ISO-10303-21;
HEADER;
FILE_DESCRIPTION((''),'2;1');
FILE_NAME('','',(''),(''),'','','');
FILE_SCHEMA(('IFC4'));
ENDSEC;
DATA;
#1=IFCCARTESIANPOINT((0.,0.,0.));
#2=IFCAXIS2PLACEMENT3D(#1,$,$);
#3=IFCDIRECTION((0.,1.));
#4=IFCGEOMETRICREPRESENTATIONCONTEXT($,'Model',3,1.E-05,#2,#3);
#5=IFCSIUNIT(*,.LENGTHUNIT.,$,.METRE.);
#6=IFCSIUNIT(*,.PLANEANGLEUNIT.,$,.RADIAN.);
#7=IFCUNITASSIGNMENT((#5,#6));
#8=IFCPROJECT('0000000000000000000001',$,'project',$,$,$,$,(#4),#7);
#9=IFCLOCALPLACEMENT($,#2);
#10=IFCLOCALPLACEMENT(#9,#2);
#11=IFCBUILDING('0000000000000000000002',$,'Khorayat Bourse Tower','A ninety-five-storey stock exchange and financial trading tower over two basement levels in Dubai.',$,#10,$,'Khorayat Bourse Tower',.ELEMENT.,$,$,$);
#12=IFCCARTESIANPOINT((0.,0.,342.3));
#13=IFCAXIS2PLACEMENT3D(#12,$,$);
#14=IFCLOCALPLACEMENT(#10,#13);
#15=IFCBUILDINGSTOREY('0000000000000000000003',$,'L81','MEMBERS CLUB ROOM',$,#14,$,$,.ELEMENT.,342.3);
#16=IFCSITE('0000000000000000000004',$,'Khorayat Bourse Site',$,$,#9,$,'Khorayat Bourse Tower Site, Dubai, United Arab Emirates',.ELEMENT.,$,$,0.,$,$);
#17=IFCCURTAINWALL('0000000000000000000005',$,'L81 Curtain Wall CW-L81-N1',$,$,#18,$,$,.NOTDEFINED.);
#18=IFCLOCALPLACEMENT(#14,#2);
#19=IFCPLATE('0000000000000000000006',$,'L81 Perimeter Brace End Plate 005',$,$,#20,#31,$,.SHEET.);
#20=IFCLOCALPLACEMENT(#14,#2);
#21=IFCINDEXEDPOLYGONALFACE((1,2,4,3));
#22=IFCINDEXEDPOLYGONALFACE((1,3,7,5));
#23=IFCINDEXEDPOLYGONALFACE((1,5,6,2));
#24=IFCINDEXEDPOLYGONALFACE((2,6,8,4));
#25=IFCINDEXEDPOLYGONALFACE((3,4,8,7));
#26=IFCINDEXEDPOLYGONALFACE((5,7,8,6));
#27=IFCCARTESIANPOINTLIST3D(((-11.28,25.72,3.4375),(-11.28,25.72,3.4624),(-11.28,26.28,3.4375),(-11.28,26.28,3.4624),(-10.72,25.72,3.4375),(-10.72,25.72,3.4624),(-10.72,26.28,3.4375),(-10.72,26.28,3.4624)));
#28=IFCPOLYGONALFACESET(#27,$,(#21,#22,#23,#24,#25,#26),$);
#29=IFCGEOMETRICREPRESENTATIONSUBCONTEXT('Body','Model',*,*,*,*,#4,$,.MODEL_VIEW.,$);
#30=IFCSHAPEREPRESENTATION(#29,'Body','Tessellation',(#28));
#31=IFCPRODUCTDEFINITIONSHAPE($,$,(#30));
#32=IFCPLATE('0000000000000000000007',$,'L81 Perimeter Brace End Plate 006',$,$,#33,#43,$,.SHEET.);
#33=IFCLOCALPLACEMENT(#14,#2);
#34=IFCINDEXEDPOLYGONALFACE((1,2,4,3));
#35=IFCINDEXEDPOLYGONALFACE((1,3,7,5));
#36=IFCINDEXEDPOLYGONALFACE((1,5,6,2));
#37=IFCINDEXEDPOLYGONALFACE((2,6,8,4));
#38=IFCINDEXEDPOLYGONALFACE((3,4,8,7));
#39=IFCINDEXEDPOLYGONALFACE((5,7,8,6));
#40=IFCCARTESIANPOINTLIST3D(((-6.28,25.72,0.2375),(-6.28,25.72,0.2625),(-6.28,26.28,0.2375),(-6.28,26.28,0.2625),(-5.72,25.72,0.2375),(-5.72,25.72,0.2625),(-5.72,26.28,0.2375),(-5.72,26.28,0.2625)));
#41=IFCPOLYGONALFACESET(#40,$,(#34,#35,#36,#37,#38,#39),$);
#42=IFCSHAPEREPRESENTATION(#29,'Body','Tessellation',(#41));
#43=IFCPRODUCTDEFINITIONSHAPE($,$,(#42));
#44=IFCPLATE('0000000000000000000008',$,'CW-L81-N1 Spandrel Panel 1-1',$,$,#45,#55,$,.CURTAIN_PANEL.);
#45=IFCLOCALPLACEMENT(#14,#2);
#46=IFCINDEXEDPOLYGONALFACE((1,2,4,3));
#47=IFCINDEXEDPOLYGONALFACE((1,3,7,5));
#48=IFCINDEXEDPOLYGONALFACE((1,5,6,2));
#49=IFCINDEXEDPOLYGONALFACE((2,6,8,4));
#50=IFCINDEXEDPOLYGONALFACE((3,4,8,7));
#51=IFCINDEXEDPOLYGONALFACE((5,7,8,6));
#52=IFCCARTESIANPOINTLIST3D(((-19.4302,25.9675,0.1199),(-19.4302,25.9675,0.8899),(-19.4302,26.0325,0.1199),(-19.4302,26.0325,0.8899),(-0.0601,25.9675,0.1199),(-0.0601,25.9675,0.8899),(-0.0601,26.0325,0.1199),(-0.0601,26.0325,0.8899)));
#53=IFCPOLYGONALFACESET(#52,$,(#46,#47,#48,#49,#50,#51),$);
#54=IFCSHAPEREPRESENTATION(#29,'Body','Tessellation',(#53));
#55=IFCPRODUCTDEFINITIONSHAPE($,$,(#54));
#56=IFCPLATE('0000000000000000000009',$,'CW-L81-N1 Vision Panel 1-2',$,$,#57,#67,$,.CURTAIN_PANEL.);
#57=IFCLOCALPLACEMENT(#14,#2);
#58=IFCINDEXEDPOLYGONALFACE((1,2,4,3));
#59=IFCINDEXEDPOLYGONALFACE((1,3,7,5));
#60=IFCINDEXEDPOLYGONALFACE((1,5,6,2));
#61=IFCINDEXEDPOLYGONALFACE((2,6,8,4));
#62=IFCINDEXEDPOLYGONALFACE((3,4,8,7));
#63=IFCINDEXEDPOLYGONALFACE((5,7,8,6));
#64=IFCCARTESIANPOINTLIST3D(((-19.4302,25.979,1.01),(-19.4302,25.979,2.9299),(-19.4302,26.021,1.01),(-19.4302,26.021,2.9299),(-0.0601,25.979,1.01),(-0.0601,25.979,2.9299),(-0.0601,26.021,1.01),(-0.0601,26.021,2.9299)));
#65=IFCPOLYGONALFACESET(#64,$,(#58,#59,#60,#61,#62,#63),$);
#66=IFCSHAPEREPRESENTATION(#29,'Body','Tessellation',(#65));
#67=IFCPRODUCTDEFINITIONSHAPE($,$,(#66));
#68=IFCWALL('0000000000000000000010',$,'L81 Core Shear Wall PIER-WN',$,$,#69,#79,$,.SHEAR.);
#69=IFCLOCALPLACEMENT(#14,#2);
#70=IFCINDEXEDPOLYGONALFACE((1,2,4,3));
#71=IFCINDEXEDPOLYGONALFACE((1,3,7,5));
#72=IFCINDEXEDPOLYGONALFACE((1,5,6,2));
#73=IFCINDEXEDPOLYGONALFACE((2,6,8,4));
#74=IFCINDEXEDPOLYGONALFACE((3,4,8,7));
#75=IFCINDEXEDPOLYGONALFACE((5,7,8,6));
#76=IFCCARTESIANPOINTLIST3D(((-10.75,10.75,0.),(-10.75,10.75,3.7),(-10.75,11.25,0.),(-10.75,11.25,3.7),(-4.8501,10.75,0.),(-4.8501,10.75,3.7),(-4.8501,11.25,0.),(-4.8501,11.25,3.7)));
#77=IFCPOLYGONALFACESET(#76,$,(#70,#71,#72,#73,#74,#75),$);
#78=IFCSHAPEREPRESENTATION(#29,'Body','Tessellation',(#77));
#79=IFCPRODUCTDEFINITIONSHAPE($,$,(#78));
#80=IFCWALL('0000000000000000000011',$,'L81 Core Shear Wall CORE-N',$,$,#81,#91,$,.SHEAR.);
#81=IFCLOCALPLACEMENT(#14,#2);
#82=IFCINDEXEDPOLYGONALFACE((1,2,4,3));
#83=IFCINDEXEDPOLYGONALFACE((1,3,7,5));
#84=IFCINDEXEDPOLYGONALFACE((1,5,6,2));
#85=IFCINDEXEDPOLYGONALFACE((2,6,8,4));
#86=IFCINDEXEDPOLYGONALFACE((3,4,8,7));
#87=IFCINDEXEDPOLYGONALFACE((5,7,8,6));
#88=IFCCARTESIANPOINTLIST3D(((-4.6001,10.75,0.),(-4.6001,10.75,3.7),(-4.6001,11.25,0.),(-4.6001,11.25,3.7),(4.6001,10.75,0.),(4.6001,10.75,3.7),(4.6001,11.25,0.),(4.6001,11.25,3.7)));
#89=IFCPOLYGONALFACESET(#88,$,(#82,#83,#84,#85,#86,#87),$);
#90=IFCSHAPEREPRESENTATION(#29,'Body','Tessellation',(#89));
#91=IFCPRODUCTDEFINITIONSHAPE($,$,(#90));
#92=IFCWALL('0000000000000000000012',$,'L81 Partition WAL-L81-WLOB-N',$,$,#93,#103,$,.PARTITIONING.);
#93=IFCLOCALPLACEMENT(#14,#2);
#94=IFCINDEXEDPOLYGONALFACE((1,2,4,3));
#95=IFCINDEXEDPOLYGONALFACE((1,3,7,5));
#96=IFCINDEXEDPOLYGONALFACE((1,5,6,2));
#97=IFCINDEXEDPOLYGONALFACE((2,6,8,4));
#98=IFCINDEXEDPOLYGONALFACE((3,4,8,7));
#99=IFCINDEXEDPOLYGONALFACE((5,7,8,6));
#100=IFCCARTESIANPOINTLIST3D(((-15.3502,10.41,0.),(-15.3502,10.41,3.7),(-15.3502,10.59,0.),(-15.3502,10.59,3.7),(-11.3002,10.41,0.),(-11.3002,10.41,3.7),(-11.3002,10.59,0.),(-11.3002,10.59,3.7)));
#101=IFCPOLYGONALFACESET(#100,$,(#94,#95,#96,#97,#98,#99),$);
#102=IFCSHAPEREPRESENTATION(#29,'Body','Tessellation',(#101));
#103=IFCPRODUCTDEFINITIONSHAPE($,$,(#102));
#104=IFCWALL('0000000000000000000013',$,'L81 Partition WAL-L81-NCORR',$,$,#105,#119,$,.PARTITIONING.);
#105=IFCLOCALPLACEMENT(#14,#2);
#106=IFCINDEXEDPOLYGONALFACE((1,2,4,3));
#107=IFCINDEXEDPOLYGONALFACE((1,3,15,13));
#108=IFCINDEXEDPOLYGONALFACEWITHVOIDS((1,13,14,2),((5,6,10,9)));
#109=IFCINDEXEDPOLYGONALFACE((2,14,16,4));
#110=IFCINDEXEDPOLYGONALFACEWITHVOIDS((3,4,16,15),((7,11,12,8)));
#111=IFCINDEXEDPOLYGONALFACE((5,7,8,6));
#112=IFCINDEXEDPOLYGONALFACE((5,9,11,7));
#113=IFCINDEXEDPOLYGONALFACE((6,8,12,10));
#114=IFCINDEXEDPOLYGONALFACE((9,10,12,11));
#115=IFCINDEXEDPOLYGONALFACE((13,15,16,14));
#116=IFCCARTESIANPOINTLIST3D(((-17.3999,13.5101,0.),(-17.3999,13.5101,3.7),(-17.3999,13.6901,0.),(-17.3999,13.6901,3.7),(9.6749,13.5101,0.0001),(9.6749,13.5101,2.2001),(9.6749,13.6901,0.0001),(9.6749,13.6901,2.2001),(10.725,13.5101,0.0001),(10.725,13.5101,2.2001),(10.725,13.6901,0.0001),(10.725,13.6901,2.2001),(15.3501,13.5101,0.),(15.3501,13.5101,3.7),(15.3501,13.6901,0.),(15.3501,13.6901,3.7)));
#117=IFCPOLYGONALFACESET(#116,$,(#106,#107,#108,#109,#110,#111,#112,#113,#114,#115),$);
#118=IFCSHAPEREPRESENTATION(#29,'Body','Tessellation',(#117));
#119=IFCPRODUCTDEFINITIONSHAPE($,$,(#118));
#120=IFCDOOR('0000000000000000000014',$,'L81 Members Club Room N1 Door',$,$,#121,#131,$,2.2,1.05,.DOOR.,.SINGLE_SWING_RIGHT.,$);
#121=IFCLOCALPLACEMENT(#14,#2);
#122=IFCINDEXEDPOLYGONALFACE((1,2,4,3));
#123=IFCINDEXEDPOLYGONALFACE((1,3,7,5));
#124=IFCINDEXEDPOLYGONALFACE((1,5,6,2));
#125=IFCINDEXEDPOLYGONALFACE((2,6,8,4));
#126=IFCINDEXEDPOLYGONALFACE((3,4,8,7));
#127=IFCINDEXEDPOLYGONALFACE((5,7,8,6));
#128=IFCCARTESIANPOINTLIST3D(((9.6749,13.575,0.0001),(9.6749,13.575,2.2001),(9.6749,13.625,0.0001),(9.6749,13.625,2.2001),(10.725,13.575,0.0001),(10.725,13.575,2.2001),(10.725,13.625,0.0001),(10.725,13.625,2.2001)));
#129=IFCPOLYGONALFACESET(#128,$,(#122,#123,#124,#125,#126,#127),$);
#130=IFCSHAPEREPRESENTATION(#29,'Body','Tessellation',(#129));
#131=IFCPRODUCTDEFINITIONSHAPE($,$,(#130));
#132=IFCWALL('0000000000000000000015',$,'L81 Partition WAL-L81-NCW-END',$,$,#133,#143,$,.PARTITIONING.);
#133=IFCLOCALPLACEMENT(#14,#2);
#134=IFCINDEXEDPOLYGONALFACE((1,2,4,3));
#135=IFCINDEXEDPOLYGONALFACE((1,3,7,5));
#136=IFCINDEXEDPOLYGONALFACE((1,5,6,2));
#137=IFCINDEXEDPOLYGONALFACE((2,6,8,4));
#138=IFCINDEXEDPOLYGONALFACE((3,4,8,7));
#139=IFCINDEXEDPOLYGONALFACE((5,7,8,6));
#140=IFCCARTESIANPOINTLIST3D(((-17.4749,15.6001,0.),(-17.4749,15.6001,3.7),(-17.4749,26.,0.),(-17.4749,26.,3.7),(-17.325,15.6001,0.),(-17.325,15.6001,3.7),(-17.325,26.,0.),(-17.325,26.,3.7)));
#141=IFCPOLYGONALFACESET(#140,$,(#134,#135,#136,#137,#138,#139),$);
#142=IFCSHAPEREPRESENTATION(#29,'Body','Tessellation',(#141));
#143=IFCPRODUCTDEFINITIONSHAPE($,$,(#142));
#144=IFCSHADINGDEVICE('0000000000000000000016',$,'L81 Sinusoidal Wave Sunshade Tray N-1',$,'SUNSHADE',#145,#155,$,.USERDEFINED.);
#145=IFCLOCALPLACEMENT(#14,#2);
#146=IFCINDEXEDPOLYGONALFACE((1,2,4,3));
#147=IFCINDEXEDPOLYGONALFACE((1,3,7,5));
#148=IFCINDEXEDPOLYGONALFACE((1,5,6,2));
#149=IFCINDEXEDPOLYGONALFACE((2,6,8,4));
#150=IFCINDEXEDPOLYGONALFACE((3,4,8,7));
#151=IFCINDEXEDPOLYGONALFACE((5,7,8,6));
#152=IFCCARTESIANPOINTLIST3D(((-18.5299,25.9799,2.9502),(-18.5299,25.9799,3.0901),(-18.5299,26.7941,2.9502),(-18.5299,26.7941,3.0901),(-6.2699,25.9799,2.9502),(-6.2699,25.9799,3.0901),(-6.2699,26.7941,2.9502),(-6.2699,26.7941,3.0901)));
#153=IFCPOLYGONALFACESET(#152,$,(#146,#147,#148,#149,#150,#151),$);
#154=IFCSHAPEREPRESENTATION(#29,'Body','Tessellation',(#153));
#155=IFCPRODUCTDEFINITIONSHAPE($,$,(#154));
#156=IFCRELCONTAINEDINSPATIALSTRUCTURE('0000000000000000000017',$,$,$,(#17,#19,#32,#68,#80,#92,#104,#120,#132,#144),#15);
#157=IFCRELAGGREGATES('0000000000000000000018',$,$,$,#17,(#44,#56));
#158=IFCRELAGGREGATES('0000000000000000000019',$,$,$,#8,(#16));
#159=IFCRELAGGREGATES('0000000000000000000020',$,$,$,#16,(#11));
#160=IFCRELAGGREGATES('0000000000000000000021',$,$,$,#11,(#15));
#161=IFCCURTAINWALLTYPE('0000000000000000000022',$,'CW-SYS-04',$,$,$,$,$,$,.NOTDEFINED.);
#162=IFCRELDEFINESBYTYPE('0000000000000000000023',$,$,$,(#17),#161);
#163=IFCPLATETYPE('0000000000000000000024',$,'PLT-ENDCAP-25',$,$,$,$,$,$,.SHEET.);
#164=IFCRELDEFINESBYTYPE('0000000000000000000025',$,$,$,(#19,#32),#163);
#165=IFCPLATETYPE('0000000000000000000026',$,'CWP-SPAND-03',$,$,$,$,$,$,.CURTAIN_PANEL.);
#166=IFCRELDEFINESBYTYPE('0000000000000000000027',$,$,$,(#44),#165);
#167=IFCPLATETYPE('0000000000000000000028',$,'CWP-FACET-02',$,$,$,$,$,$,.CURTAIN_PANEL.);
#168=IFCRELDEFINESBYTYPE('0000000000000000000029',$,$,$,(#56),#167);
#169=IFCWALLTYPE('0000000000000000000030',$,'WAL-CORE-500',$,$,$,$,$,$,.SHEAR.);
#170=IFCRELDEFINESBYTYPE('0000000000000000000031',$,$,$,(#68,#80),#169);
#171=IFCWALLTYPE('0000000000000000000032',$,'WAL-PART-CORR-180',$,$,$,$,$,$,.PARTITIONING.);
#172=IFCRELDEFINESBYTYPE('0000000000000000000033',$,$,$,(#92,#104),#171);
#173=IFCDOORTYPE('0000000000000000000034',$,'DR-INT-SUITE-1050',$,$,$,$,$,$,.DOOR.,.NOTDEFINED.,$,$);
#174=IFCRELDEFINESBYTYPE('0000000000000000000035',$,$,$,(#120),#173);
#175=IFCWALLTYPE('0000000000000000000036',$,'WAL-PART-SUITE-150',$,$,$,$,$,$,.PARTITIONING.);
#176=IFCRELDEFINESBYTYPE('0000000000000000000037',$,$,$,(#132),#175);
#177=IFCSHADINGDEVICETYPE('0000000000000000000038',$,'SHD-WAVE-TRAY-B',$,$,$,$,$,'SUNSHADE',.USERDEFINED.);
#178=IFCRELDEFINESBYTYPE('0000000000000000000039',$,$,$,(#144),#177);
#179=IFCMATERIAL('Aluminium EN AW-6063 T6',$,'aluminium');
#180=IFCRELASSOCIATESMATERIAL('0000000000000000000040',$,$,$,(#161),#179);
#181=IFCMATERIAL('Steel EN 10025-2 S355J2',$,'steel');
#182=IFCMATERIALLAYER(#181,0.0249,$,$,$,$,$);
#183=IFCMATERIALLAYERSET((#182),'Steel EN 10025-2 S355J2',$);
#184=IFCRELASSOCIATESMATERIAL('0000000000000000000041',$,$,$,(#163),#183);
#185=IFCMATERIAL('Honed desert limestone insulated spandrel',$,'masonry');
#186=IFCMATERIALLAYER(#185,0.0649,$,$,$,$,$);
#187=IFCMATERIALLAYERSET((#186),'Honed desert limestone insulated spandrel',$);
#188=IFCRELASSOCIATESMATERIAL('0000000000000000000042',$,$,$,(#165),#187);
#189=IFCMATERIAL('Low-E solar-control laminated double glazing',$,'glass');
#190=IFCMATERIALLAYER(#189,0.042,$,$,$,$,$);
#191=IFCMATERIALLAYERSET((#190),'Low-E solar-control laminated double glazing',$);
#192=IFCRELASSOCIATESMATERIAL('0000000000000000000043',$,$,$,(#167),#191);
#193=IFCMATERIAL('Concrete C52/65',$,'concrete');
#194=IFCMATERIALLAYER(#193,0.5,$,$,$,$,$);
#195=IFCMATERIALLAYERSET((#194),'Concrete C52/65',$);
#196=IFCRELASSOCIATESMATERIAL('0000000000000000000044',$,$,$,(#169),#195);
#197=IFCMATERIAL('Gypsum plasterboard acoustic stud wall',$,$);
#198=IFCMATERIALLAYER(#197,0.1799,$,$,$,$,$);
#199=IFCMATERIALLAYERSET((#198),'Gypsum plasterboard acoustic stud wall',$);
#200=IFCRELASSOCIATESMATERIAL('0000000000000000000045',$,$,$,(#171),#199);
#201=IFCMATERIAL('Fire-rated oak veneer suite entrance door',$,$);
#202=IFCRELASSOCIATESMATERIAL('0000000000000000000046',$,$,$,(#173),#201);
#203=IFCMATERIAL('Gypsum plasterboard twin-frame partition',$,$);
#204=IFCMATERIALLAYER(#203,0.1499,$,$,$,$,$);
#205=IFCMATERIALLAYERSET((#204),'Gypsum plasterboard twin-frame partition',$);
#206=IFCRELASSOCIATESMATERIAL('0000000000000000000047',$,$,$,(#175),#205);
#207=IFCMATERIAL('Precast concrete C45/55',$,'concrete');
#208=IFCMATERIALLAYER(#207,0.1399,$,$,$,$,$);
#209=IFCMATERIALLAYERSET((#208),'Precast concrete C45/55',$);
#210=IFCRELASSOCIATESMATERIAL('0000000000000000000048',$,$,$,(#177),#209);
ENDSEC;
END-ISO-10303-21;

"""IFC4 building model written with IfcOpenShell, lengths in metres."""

from ifc_helpers import new_model, si_unit, direction, frame, frame_2d, origin, origin_2d, place, context, subcontext, project, spatial, rectangle, extrude, source, transform, mapped, material, layer, layer_set, type_object, element, fill, aggregate, save


model = new_model("IFC4")

# Units and contexts
model_context = context("Model", 3, precision=1e-05, world=origin(), true_north=direction((0.0, 1.0)))
body_context = subcontext(model_context, "Body", "Model", "MODEL_VIEW")
ifc_project = project(units=[si_unit("LENGTHUNIT", "METRE"), si_unit("PLANEANGLEUNIT", "RADIAN")], contexts=[model_context])

# Site, building, storey
site_placement = place(None, origin())
site = spatial("IfcSite", under=ifc_project, at=site_placement, Name="Khorayat Bourse Site", LongName="Khorayat Bourse Tower Site, Dubai, United Arab Emirates", CompositionType="ELEMENT", RefElevation=0.0)
building_placement = place(site_placement, origin())
building = spatial("IfcBuilding", under=site, at=building_placement, Name="Khorayat Bourse Tower", Description="A ninety-five-storey stock exchange and financial trading tower over two basement levels in Dubai.", LongName="Khorayat Bourse Tower", CompositionType="ELEMENT")
storey_placement = place(building_placement, frame((0.0, 0.0, 342.3)))
storey = spatial("IfcBuildingStorey", under=building, at=storey_placement, Name="L81", Description="MEMBERS CLUB ROOM", CompositionType="ELEMENT", Elevation=342.3)

# Shared definitions
ifc_material_1 = material(Name="Concrete C52/65", Category="concrete")
ifc_material_2 = material(Name="Steel EN 10025-2 S355J2", Category="steel")

# Curtain wall
ifc_material_3 = material(Name="Aluminium EN AW-6063 T6", Category="aluminium")
curtain_wall_type = type_object("IfcCurtainWallType", Name="CW-SYS-04", PredefinedType="NOTDEFINED", material=ifc_material_3)
curtain_wall_placement = place(storey_placement, origin())
curtain_wall = element("IfcCurtainWall", 1, at=curtain_wall_placement, inside=storey, type_object=curtain_wall_type, Name="L81 Curtain Wall CW-L81-N1", PredefinedType="NOTDEFINED")

# Plates
ifc_layer_1 = layer(ifc_material_2, 0.0249)
ifc_layer_set_1 = layer_set([ifc_layer_1], Name="Steel EN 10025-2 S355J2")
plate_type_1 = type_object("IfcPlateType", Name="PLT-ENDCAP-25", PredefinedType="SHEET", material=ifc_layer_set_1)
shared_shape_1 = source(origin(), body_context, "Body", "SweptSolid", [
    extrude(rectangle(XDim=0.5601, YDim=0.5601, at=origin_2d()), origin(), (0.0, 0.0, 1.0), 0.0249),
])
for number, where, z_axis, x_axis, name in (
    (2, (-11.0, 26.0, 3.4375), (0.0, 0.0, 1.0), (1.0, 0.0, 0.0), "L81 Perimeter Brace End Plate 005"),
    (3, (-6.0, 26.0, 0.2375), (0.0, 0.0, 1.0), (1.0, 0.0, 0.0), "L81 Perimeter Brace End Plate 006"),
):
    element("IfcPlate", number, at=place(storey_placement, frame(where, z_axis=z_axis, x_axis=x_axis)), inside=storey, type_object=plate_type_1, Name=name, PredefinedType="SHEET", context=body_context, shape_type="MappedRepresentation", body=[
        mapped(shared_shape_1, transform((0.0, 0.0, 0.0), scale=1.0)),
    ])

# Plates
ifc_material_4 = material(Name="Honed desert limestone insulated spandrel", Category="masonry")
ifc_layer_2 = layer(ifc_material_4, 0.0649)
ifc_layer_set_2 = layer_set([ifc_layer_2], Name="Honed desert limestone insulated spandrel")
plate_type_2 = type_object("IfcPlateType", Name="CWP-SPAND-03", PredefinedType="CURTAIN_PANEL", material=ifc_layer_set_2)
shared_shape_2 = source(origin(), body_context, "Body", "SweptSolid", [
    extrude(rectangle(XDim=19.3701, YDim=0.0649, at=origin_2d()), origin(), (0.0, 0.0, 1.0), 0.77),
])
plate_1_placement = place(storey_placement, frame((-9.7451, 26.0, 0.1199), z_axis=(0.0, 0.0, 1.0), x_axis=(1.0, 0.0, 0.0)))
plate_1 = element("IfcPlate", 4, at=plate_1_placement, type_object=plate_type_2, Name="CW-L81-N1 Spandrel Panel 1-1", PredefinedType="CURTAIN_PANEL", context=body_context, shape_type="MappedRepresentation", body=[
    mapped(shared_shape_2, transform((0.0, 0.0, 0.0), scale=1.0)),
])
ifc_material_5 = material(Name="Low-E solar-control laminated double glazing", Category="glass")
ifc_layer_3 = layer(ifc_material_5, 0.042)
ifc_layer_set_3 = layer_set([ifc_layer_3], Name="Low-E solar-control laminated double glazing")
plate_type_3 = type_object("IfcPlateType", Name="CWP-FACET-02", PredefinedType="CURTAIN_PANEL", material=ifc_layer_set_3)
shared_shape_3 = source(origin(), body_context, "Body", "SweptSolid", [
    extrude(rectangle(XDim=19.3701, YDim=0.042, at=origin_2d()), origin(), (0.0, 0.0, 1.0), 1.9199),
])
plate_2_placement = place(storey_placement, frame((-9.7451, 26.0, 1.01), z_axis=(0.0, 0.0, 1.0), x_axis=(1.0, 0.0, 0.0)))
plate_2 = element("IfcPlate", 5, at=plate_2_placement, type_object=plate_type_3, Name="CW-L81-N1 Vision Panel 1-2", PredefinedType="CURTAIN_PANEL", context=body_context, shape_type="MappedRepresentation", body=[
    mapped(shared_shape_3, transform((0.0, 0.0, 0.0), scale=1.0)),
])
aggregate(curtain_wall, [plate_1, plate_2])

# Walls
ifc_layer_4 = layer(ifc_material_1, 0.5)
ifc_layer_set_4 = layer_set([ifc_layer_4], Name="Concrete C52/65")
wall_type_1 = type_object("IfcWallType", Name="WAL-CORE-500", PredefinedType="SHEAR", material=ifc_layer_set_4)
shared_shape_4 = source(origin(), body_context, "Body", "SweptSolid", [
    extrude(rectangle(XDim=5.8999, YDim=0.5, at=frame_2d((2.95, 0.0))), origin(), (0.0, 0.0, 1.0), 3.7),
])
wall_1_placement = place(storey_placement, frame((-10.75, 11.0, 0.0), z_axis=(0.0, 0.0, 1.0), x_axis=(1.0, 0.0, 0.0)))
element("IfcWall", 6, at=wall_1_placement, inside=storey, type_object=wall_type_1, Name="L81 Core Shear Wall PIER-WN", PredefinedType="SHEAR", context=body_context, shape_type="MappedRepresentation", body=[
    mapped(shared_shape_4, transform((0.0, 0.0, 0.0), scale=1.0)),
])
shared_shape_5 = source(origin(), body_context, "Body", "SweptSolid", [
    extrude(rectangle(XDim=9.2002, YDim=0.5, at=frame_2d((4.6001, 0.0))), origin(), (0.0, 0.0, 1.0), 3.7),
])
wall_2_placement = place(storey_placement, frame((-4.6001, 11.0, 0.0), z_axis=(0.0, 0.0, 1.0), x_axis=(1.0, 0.0, 0.0)))
element("IfcWall", 7, at=wall_2_placement, inside=storey, type_object=wall_type_1, Name="L81 Core Shear Wall CORE-N", PredefinedType="SHEAR", context=body_context, shape_type="MappedRepresentation", body=[
    mapped(shared_shape_5, transform((0.0, 0.0, 0.0), scale=1.0)),
])
ifc_material_6 = material(Name="Gypsum plasterboard acoustic stud wall")
ifc_layer_5 = layer(ifc_material_6, 0.1799)
ifc_layer_set_5 = layer_set([ifc_layer_5], Name="Gypsum plasterboard acoustic stud wall")
wall_type_2 = type_object("IfcWallType", Name="WAL-PART-CORR-180", PredefinedType="PARTITIONING", material=ifc_layer_set_5)
shared_shape_6 = source(origin(), body_context, "Body", "SweptSolid", [
    extrude(rectangle(XDim=4.05, YDim=0.1799, at=frame_2d((2.0249, 0.0))), origin(), (0.0, 0.0, 1.0), 3.7),
])
wall_3_placement = place(storey_placement, frame((-15.3501, 10.5, 0.0), z_axis=(0.0, 0.0, 1.0), x_axis=(1.0, 0.0, 0.0)))
element("IfcWall", 8, at=wall_3_placement, inside=storey, type_object=wall_type_2, Name="L81 Partition WAL-L81-WLOB-N", PredefinedType="PARTITIONING", context=body_context, shape_type="MappedRepresentation", body=[
    mapped(shared_shape_6, transform((0.0, 0.0, 0.0), scale=1.0)),
])

# Wall, opening, door
shared_shape_7 = source(origin(), body_context, "Body", "SweptSolid", [
    extrude(rectangle(XDim=32.75, YDim=0.1799, at=frame_2d((16.375, 0.0))), origin(), (0.0, 0.0, 1.0), 3.7),
])
wall_4_placement = place(storey_placement, frame((-17.3999, 13.6001, 0.0), z_axis=(0.0, 0.0, 1.0), x_axis=(1.0, 0.0, 0.0)))
wall_4 = element("IfcWall", 9, at=wall_4_placement, inside=storey, type_object=wall_type_2, Name="L81 Partition WAL-L81-NCORR", PredefinedType="PARTITIONING", context=body_context, shape_type="MappedRepresentation", body=[
    mapped(shared_shape_7, transform((0.0, 0.0, 0.0), scale=1.0)),
])
shared_shape_8 = source(origin(), body_context, "Body", "SweptSolid", [
    extrude(rectangle(XDim=1.05, YDim=2.2, at=frame_2d((0.5249, 1.1001))), frame((0.0, 0.0999, 0.0), z_axis=(0.0, -1.0, 0.0), x_axis=(1.0, 0.0, 0.0)), (0.0, 0.0, 1.0), 0.2),
])
opening_placement = place(wall_4_placement, frame((27.075, 0.0, 0.0)))
opening = element("IfcOpeningElement", 10, at=opening_placement, cuts=wall_4, PredefinedType="OPENING", context=body_context, shape_type="MappedRepresentation", body=[
    mapped(shared_shape_8, transform((0.0, 0.0, 0.0), scale=1.0)),
])
ifc_material_7 = material(Name="Fire-rated oak veneer suite entrance door")
door_type = type_object("IfcDoorType", Name="DR-INT-SUITE-1050", OperationType="NOTDEFINED", PredefinedType="DOOR", material=ifc_material_7)
shared_shape_9 = source(origin(), body_context, "Body", "SweptSolid", [
    extrude(rectangle(XDim=1.05, YDim=2.2, at=frame_2d((0.5249, 1.1001))), frame((0.0, 0.0249, 0.0), z_axis=(0.0, -1.0, 0.0), x_axis=(1.0, 0.0, 0.0)), (0.0, 0.0, 1.0), 0.05),
])
door_placement = place(opening_placement, origin())
door = element("IfcDoor", 11, at=door_placement, inside=storey, type_object=door_type, Name="L81 Members Club Room N1 Door", OperationType="SINGLE_SWING_RIGHT", OverallHeight=2.2, OverallWidth=1.05, PredefinedType="DOOR", context=body_context, shape_type="MappedRepresentation", body=[
    mapped(shared_shape_9, transform((0.0, 0.0, 0.0), scale=1.0)),
])
fill(opening, door)

# Wall
ifc_material_8 = material(Name="Gypsum plasterboard twin-frame partition")
ifc_layer_6 = layer(ifc_material_8, 0.1499)
ifc_layer_set_6 = layer_set([ifc_layer_6], Name="Gypsum plasterboard twin-frame partition")
wall_type_3 = type_object("IfcWallType", Name="WAL-PART-SUITE-150", PredefinedType="PARTITIONING", material=ifc_layer_set_6)
shared_shape_10 = source(origin(), body_context, "Body", "SweptSolid", [
    extrude(rectangle(XDim=10.3999, YDim=0.1499, at=frame_2d((5.2, 0.0))), origin(), (0.0, 0.0, 1.0), 3.7),
])
wall_5_placement = place(storey_placement, frame((-17.3999, 15.6001, 0.0), z_axis=(0.0, 0.0, 1.0), x_axis=(0.0, 1.0, 0.0)))
element("IfcWall", 12, at=wall_5_placement, inside=storey, type_object=wall_type_3, Name="L81 Partition WAL-L81-NCW-END", PredefinedType="PARTITIONING", context=body_context, shape_type="MappedRepresentation", body=[
    mapped(shared_shape_10, transform((0.0, 0.0, 0.0), scale=1.0)),
])

# Shading device
ifc_material_9 = material(Name="Precast concrete C45/55", Category="concrete")
ifc_layer_7 = layer(ifc_material_9, 0.1399)
ifc_layer_set_7 = layer_set([ifc_layer_7], Name="Precast concrete C45/55")
shading_device_type = type_object("IfcShadingDeviceType", Name="SHD-WAVE-TRAY-B", ElementType="SUNSHADE", PredefinedType="USERDEFINED", material=ifc_layer_set_7)
shared_shape_11 = source(origin(), body_context, "Body", "SweptSolid", [
    extrude(rectangle(XDim=12.26, YDim=0.8142, at=origin_2d()), origin(), (0.0, 0.0, 1.0), 0.1399),
])
shading_device_placement = place(storey_placement, frame((-12.3999, 26.387, 2.9502), z_axis=(0.0, 0.0, 1.0), x_axis=(1.0, 0.0, 0.0)))
element("IfcShadingDevice", 13, at=shading_device_placement, inside=storey, type_object=shading_device_type, Name="L81 Sinusoidal Wave Sunshade Tray N-1", ObjectType="SUNSHADE", PredefinedType="USERDEFINED", context=body_context, shape_type="MappedRepresentation", body=[
    mapped(shared_shape_11, transform((0.0, 0.0, 0.0), scale=1.0)),
])

save(model, "model.ifc")
